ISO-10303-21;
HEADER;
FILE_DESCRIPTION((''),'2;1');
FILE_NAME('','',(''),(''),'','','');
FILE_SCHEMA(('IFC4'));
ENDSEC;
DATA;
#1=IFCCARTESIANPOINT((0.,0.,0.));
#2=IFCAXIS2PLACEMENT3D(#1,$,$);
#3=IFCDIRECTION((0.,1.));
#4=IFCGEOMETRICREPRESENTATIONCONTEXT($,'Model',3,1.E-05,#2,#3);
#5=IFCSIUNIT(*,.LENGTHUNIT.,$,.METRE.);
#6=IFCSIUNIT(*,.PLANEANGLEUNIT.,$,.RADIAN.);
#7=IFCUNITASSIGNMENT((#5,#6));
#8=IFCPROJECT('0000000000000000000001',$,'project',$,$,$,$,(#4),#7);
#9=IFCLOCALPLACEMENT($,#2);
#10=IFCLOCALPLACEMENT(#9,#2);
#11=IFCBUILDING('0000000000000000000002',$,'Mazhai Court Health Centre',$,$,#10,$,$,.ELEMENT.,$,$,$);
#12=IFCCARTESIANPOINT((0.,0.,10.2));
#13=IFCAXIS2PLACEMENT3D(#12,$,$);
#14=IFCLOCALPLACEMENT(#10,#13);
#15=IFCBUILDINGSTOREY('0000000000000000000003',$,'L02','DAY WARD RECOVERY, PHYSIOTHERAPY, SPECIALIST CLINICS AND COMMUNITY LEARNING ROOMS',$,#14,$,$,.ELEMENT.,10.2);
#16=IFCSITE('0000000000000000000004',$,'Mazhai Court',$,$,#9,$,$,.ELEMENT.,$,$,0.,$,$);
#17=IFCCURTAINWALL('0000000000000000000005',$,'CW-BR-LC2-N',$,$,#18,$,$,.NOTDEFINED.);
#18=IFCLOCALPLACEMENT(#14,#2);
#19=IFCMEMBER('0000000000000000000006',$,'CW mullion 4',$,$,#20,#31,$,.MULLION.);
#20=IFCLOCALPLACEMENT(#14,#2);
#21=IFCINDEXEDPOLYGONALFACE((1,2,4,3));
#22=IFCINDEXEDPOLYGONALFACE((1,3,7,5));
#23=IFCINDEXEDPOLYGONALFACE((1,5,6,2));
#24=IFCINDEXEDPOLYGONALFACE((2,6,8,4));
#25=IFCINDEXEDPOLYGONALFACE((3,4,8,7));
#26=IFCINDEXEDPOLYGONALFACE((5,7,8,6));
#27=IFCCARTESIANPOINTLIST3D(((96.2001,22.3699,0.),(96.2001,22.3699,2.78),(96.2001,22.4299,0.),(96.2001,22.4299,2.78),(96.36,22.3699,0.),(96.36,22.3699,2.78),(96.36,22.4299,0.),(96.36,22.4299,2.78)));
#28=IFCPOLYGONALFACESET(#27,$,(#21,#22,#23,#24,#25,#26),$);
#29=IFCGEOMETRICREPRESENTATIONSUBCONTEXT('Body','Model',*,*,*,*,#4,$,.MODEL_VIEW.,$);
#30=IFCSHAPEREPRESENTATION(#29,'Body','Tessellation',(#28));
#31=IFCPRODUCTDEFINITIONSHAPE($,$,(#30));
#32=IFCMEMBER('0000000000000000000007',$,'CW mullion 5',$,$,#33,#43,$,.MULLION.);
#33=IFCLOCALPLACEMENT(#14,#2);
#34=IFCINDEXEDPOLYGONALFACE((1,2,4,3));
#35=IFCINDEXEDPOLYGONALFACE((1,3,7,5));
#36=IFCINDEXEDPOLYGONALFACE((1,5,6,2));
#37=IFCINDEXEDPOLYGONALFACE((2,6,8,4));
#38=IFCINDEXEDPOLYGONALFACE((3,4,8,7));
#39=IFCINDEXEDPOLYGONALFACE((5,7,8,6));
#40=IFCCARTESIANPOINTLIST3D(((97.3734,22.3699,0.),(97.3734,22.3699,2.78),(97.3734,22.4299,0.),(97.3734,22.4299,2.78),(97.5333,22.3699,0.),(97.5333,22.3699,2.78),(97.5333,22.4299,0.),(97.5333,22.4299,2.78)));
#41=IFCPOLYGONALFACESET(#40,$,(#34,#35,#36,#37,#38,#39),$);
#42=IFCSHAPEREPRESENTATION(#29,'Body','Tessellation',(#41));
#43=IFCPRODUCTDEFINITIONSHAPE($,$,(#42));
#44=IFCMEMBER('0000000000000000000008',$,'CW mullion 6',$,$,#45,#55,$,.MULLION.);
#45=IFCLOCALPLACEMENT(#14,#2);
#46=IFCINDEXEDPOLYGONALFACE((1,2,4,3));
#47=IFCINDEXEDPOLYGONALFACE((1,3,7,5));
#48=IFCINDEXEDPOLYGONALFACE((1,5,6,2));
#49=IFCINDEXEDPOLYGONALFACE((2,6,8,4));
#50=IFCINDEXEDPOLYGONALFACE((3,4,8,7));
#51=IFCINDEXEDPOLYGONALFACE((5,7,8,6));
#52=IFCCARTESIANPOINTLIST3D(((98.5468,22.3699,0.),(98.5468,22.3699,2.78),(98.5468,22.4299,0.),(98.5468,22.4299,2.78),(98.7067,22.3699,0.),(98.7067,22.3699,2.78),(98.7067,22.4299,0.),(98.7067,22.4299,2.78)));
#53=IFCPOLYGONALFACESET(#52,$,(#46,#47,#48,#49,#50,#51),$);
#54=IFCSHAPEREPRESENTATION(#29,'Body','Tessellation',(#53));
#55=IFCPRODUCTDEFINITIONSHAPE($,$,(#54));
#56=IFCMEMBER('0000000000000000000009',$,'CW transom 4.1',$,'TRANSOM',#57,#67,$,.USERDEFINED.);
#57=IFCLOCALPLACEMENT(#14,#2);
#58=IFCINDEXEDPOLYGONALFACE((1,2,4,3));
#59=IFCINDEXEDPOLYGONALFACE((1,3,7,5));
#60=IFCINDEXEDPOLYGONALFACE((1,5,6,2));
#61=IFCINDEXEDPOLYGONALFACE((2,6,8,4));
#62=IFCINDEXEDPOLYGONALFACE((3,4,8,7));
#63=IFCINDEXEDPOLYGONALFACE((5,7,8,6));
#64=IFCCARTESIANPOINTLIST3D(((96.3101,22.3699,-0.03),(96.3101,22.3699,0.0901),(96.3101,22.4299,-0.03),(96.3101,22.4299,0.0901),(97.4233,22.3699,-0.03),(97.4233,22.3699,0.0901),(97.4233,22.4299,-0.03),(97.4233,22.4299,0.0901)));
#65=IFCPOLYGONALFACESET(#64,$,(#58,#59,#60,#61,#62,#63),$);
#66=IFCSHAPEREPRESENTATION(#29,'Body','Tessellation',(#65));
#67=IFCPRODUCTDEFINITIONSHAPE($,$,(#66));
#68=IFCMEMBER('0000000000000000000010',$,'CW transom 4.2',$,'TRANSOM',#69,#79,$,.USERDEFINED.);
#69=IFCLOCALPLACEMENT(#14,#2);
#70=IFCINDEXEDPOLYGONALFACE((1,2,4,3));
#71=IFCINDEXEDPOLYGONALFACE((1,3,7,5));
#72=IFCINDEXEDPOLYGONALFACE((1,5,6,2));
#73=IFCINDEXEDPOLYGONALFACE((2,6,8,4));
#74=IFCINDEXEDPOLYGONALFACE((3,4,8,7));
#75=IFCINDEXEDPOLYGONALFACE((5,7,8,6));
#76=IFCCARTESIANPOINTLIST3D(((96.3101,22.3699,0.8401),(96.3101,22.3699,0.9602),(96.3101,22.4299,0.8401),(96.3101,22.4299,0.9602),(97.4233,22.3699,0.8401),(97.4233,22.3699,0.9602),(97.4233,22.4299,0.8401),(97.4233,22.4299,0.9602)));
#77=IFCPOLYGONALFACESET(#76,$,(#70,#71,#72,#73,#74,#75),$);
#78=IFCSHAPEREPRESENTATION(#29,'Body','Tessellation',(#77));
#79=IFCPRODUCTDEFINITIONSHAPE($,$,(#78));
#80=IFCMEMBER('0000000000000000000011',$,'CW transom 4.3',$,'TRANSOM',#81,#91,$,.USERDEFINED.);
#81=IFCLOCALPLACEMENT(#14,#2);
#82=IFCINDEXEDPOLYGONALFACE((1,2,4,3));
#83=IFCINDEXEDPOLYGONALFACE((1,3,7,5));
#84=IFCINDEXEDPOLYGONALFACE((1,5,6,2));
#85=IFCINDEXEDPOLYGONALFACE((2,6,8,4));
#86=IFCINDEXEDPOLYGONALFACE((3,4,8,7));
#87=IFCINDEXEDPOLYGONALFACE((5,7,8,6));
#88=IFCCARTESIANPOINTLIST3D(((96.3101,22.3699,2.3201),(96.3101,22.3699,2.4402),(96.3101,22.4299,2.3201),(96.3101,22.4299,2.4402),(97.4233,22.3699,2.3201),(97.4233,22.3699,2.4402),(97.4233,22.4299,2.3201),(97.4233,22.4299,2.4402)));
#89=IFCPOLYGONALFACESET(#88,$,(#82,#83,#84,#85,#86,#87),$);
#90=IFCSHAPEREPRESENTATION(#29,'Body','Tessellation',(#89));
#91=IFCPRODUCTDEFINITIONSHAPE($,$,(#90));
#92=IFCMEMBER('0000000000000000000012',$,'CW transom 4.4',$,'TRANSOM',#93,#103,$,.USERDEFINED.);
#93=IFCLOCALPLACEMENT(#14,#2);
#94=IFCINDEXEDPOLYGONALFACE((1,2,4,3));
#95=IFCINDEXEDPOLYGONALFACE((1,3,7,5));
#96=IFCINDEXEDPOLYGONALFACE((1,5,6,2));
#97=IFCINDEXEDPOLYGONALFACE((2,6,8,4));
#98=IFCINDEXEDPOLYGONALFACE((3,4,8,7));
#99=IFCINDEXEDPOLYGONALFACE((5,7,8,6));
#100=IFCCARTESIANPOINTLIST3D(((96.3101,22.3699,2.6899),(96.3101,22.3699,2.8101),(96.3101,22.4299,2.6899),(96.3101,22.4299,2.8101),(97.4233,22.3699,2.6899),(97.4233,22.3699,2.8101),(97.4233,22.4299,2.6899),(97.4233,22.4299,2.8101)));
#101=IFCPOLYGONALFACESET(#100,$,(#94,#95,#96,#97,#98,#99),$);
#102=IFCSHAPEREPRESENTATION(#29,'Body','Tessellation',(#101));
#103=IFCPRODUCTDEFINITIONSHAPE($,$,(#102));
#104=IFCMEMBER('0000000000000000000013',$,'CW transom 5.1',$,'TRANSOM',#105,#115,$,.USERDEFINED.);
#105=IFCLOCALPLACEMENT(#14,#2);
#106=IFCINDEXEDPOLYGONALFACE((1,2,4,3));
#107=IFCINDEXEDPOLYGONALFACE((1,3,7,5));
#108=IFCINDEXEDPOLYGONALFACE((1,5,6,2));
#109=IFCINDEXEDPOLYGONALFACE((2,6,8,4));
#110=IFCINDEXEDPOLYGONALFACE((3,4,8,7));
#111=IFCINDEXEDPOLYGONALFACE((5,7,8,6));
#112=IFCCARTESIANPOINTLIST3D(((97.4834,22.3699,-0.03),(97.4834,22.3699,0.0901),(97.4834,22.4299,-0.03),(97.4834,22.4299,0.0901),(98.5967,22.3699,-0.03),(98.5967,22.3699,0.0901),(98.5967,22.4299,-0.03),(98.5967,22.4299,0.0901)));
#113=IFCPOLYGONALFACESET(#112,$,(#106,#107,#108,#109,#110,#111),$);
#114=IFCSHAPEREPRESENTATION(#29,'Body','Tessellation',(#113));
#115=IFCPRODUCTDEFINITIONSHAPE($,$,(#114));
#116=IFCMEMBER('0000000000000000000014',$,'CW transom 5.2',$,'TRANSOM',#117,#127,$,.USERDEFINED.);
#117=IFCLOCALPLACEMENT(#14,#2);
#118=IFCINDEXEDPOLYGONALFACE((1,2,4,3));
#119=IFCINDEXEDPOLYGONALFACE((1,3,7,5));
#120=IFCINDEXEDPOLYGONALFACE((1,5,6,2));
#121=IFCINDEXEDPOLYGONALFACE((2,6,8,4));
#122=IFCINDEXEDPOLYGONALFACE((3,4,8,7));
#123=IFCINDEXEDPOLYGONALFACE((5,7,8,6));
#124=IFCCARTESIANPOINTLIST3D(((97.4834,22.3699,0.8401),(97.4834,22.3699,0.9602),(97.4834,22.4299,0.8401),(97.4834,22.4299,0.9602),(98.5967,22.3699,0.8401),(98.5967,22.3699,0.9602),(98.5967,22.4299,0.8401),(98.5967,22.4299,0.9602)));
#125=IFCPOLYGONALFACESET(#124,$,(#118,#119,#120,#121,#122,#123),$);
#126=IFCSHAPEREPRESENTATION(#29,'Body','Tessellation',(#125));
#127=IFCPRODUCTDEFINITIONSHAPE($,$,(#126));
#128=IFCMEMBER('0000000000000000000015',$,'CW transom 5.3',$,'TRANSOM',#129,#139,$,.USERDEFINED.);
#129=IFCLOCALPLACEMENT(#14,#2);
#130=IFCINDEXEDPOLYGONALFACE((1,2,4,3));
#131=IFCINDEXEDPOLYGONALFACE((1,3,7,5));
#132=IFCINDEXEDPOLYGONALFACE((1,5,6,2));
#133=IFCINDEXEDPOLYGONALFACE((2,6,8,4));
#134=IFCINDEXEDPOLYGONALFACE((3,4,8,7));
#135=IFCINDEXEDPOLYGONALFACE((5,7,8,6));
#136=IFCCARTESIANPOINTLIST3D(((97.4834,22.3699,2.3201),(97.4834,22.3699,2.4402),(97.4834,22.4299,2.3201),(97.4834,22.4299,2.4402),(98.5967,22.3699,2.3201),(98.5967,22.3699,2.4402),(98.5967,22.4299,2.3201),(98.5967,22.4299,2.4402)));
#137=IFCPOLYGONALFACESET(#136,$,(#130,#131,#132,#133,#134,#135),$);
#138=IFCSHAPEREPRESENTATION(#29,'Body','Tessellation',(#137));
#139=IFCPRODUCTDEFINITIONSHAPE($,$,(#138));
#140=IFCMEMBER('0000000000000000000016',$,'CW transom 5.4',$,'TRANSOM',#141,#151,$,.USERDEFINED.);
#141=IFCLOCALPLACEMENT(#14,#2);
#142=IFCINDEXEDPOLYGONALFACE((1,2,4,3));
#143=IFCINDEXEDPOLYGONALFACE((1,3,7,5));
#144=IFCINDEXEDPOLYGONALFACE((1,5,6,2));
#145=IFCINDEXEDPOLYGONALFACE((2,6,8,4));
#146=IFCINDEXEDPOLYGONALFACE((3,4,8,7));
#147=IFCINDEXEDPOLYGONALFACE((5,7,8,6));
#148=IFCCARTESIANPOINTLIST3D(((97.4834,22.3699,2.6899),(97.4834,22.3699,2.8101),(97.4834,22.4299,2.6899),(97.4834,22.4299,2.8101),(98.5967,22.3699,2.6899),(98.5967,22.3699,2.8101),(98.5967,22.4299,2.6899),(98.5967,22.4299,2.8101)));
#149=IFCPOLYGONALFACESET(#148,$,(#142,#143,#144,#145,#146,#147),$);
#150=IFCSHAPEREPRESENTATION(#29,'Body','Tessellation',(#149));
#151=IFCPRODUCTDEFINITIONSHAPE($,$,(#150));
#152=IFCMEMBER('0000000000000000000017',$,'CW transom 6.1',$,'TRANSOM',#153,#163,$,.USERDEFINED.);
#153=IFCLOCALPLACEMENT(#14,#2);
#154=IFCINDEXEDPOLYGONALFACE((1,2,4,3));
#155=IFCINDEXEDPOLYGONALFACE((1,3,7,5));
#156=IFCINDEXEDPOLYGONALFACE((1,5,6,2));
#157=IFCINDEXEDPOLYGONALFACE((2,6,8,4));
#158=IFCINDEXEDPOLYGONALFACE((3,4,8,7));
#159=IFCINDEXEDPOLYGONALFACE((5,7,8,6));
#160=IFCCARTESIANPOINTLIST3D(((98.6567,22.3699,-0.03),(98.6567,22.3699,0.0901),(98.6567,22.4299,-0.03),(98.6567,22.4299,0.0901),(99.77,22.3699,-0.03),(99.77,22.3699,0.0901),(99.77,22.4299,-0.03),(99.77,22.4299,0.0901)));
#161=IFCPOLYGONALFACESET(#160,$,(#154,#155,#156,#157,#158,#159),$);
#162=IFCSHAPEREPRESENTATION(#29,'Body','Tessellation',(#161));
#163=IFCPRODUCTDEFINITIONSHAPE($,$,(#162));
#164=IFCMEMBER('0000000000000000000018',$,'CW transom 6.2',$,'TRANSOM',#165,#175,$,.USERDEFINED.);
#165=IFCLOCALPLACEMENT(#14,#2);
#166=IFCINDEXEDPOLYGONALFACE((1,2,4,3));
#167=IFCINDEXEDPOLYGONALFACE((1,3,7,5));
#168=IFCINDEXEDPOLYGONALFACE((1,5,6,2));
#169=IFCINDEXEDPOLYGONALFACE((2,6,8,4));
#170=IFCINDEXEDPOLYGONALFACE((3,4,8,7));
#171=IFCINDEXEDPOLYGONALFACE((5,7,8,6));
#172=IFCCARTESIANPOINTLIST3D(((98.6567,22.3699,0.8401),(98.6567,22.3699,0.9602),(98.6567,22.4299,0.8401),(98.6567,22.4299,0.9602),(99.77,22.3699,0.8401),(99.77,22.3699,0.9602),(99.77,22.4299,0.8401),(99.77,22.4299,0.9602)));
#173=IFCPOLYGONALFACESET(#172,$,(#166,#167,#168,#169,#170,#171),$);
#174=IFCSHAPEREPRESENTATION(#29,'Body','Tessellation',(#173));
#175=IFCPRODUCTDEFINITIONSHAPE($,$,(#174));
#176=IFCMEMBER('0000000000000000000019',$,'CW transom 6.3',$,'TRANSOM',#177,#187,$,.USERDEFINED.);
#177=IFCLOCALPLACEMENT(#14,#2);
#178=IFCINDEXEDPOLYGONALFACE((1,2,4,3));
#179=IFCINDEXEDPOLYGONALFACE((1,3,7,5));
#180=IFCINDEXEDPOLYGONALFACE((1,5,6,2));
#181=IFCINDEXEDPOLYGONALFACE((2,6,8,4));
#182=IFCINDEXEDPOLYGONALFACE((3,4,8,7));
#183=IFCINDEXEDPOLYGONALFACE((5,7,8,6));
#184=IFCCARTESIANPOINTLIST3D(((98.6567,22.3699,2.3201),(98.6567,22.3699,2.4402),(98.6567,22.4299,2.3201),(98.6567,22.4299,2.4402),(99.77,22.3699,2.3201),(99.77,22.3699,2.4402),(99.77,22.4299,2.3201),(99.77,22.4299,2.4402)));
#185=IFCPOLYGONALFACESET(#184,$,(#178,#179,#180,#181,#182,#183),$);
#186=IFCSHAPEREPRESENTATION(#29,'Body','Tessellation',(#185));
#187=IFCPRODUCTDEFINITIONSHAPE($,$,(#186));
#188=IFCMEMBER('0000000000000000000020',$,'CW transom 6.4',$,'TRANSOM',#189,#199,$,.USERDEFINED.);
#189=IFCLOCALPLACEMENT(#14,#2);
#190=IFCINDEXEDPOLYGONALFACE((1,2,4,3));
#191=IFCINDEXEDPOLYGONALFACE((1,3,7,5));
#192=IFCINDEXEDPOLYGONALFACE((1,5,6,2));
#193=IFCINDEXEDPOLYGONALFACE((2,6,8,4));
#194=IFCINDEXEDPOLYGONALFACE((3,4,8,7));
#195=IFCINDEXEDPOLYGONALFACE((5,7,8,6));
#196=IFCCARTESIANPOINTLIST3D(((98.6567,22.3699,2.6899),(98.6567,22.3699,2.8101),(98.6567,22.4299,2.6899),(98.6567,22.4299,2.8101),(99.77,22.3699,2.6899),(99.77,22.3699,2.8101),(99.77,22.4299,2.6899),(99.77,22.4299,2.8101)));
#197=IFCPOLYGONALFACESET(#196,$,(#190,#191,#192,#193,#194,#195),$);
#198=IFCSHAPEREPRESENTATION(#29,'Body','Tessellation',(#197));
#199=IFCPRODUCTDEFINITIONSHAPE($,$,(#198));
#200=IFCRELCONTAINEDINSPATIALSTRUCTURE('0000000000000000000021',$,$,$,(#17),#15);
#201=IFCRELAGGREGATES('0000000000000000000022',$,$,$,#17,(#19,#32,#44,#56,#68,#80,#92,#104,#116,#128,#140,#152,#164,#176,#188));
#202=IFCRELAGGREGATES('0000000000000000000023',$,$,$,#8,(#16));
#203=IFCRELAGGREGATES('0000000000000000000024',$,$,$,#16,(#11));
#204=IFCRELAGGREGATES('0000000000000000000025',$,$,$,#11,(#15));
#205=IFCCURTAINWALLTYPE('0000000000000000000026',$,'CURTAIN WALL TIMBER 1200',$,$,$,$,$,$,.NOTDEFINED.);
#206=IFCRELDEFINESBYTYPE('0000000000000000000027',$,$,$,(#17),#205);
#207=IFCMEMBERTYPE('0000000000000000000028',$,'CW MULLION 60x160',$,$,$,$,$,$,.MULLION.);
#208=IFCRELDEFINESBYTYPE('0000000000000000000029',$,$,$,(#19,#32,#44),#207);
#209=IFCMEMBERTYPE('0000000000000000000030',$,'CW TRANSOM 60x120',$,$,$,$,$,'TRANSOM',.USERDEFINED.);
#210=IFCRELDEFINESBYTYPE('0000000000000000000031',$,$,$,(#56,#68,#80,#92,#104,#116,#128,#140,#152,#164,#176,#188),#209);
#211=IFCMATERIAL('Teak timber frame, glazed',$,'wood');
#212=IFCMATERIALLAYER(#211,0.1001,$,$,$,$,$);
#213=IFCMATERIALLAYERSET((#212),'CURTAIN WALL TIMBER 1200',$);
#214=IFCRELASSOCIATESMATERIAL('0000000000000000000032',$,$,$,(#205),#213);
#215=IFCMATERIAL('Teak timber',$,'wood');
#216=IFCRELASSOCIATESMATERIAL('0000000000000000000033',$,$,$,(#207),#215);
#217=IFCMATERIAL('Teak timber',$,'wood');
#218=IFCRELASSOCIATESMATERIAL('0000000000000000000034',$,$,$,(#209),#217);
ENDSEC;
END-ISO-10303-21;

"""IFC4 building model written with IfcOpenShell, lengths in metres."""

from ifc_helpers import new_model, si_unit, direction, frame, origin, origin_2d, place, context, subcontext, project, spatial, rectangle, extrude, material, layer, layer_set, material_profile, profile_set, type_object, element, aggregate, save


model = new_model("IFC4")

# Units and contexts
model_context = context("Model", 3, precision=1e-05, world=origin(), true_north=direction((0.0, 1.0)))
body_context = subcontext(model_context, "Body", "Model", "MODEL_VIEW")
ifc_project = project(units=[si_unit("LENGTHUNIT", "METRE"), si_unit("PLANEANGLEUNIT", "RADIAN")], contexts=[model_context])

# Site, building, storey
site_placement = place(None, origin())
site = spatial("IfcSite", under=ifc_project, at=site_placement, Name="Mazhai Court", CompositionType="ELEMENT", RefElevation=0.0)
building_placement = place(site_placement, origin())
building = spatial("IfcBuilding", under=site, at=building_placement, Name="Mazhai Court Health Centre", CompositionType="ELEMENT")
storey_placement = place(building_placement, frame((0.0, 0.0, 10.2)))
storey = spatial("IfcBuildingStorey", under=building, at=storey_placement, Name="L02", Description="DAY WARD RECOVERY, PHYSIOTHERAPY, SPECIALIST CLINICS AND COMMUNITY LEARNING ROOMS", CompositionType="ELEMENT", Elevation=10.2)

# Curtain wall, members
ifc_material_1 = material(Name="Teak timber frame, glazed", Category="wood")
ifc_layer_1 = layer(ifc_material_1, 0.1001)
ifc_layer_set_1 = layer_set([ifc_layer_1], Name="CURTAIN WALL TIMBER 1200")
curtain_wall_type = type_object("IfcCurtainWallType", Name="CURTAIN WALL TIMBER 1200", PredefinedType="NOTDEFINED", material=ifc_layer_set_1)
curtain_wall_placement = place(storey_placement, origin())
curtain_wall = element("IfcCurtainWall", 1, at=curtain_wall_placement, inside=storey, type_object=curtain_wall_type, Name="CW-BR-LC2-N", PredefinedType="NOTDEFINED")
ifc_material_2 = material(Name="Teak timber", Category="wood")
ifc_material_profile_1 = material_profile(ifc_material_2, rectangle(XDim=0.0601, YDim=0.1599, at=origin_2d()), Name="CW MULLION 60x160")
ifc_profile_set_1 = profile_set([ifc_material_profile_1], Name="Teak timber")
member_type_1 = type_object("IfcMemberType", Name="CW MULLION 60x160", PredefinedType="MULLION", material=ifc_profile_set_1)
member_1_placement = place(storey_placement, frame((96.28, 22.3999, 0.0), z_axis=(0.0, 0.0, 1.0), x_axis=(0.0, 1.0, 0.0)))
member_1 = element("IfcMember", 2, at=member_1_placement, type_object=member_type_1, Name="CW mullion 4", PredefinedType="MULLION", context=body_context, shape_type="SweptSolid", body=[
    extrude(rectangle(XDim=0.0601, YDim=0.1599, at=origin_2d()), origin(), (0.0, 0.0, 1.0), 2.78),
])
member_2_placement = place(storey_placement, frame((97.4534, 22.3999, 0.0), z_axis=(0.0, 0.0, 1.0), x_axis=(0.0, 1.0, 0.0)))
member_2 = element("IfcMember", 3, at=member_2_placement, type_object=member_type_1, Name="CW mullion 5", PredefinedType="MULLION", context=body_context, shape_type="SweptSolid", body=[
    extrude(rectangle(XDim=0.0601, YDim=0.1599, at=origin_2d()), origin(), (0.0, 0.0, 1.0), 2.78),
])
member_3_placement = place(storey_placement, frame((98.6267, 22.3999, 0.0), z_axis=(0.0, 0.0, 1.0), x_axis=(0.0, 1.0, 0.0)))
member_3 = element("IfcMember", 4, at=member_3_placement, type_object=member_type_1, Name="CW mullion 6", PredefinedType="MULLION", context=body_context, shape_type="SweptSolid", body=[
    extrude(rectangle(XDim=0.0601, YDim=0.1599, at=origin_2d()), origin(), (0.0, 0.0, 1.0), 2.78),
])
ifc_material_3 = material(Name="Teak timber", Category="wood")
ifc_material_profile_2 = material_profile(ifc_material_3, rectangle(XDim=0.0601, YDim=0.1201, at=origin_2d()), Name="CW TRANSOM 60x120")
ifc_profile_set_2 = profile_set([ifc_material_profile_2], Name="Teak timber")
member_type_2 = type_object("IfcMemberType", Name="CW TRANSOM 60x120", ElementType="TRANSOM", PredefinedType="USERDEFINED", material=ifc_profile_set_2)
member_4_placement = place(storey_placement, frame((96.3101, 22.3999, 0.03), z_axis=(1.0, 0.0, 0.0), x_axis=(0.0, 1.0, 0.0)))
member_4 = element("IfcMember", 5, at=member_4_placement, type_object=member_type_2, Name="CW transom 4.1", ObjectType="TRANSOM", PredefinedType="USERDEFINED", context=body_context, shape_type="SweptSolid", body=[
    extrude(rectangle(XDim=0.0601, YDim=0.1201, at=origin_2d()), origin(), (0.0, 0.0, 1.0), 1.1133),
])
member_5_placement = place(storey_placement, frame((96.3101, 22.3999, 0.9001), z_axis=(1.0, 0.0, 0.0), x_axis=(0.0, 1.0, 0.0)))
member_5 = element("IfcMember", 6, at=member_5_placement, type_object=member_type_2, Name="CW transom 4.2", ObjectType="TRANSOM", PredefinedType="USERDEFINED", context=body_context, shape_type="SweptSolid", body=[
    extrude(rectangle(XDim=0.0601, YDim=0.1201, at=origin_2d()), origin(), (0.0, 0.0, 1.0), 1.1133),
])
member_6_placement = place(storey_placement, frame((96.3101, 22.3999, 2.3801), z_axis=(1.0, 0.0, 0.0), x_axis=(0.0, 1.0, 0.0)))
member_6 = element("IfcMember", 7, at=member_6_placement, type_object=member_type_2, Name="CW transom 4.3", ObjectType="TRANSOM", PredefinedType="USERDEFINED", context=body_context, shape_type="SweptSolid", body=[
    extrude(rectangle(XDim=0.0601, YDim=0.1201, at=origin_2d()), origin(), (0.0, 0.0, 1.0), 1.1133),
])
member_7_placement = place(storey_placement, frame((96.3101, 22.3999, 2.75), z_axis=(1.0, 0.0, 0.0), x_axis=(0.0, 1.0, 0.0)))
member_7 = element("IfcMember", 8, at=member_7_placement, type_object=member_type_2, Name="CW transom 4.4", ObjectType="TRANSOM", PredefinedType="USERDEFINED", context=body_context, shape_type="SweptSolid", body=[
    extrude(rectangle(XDim=0.0601, YDim=0.1201, at=origin_2d()), origin(), (0.0, 0.0, 1.0), 1.1133),
])
member_8_placement = place(storey_placement, frame((97.4834, 22.3999, 0.03), z_axis=(1.0, 0.0, 0.0), x_axis=(0.0, 1.0, 0.0)))
member_8 = element("IfcMember", 9, at=member_8_placement, type_object=member_type_2, Name="CW transom 5.1", ObjectType="TRANSOM", PredefinedType="USERDEFINED", context=body_context, shape_type="SweptSolid", body=[
    extrude(rectangle(XDim=0.0601, YDim=0.1201, at=origin_2d()), origin(), (0.0, 0.0, 1.0), 1.1133),
])
member_9_placement = place(storey_placement, frame((97.4834, 22.3999, 0.9001), z_axis=(1.0, 0.0, 0.0), x_axis=(0.0, 1.0, 0.0)))
member_9 = element("IfcMember", 10, at=member_9_placement, type_object=member_type_2, Name="CW transom 5.2", ObjectType="TRANSOM", PredefinedType="USERDEFINED", context=body_context, shape_type="SweptSolid", body=[
    extrude(rectangle(XDim=0.0601, YDim=0.1201, at=origin_2d()), origin(), (0.0, 0.0, 1.0), 1.1133),
])
member_10_placement = place(storey_placement, frame((97.4834, 22.3999, 2.3801), z_axis=(1.0, 0.0, 0.0), x_axis=(0.0, 1.0, 0.0)))
member_10 = element("IfcMember", 11, at=member_10_placement, type_object=member_type_2, Name="CW transom 5.3", ObjectType="TRANSOM", PredefinedType="USERDEFINED", context=body_context, shape_type="SweptSolid", body=[
    extrude(rectangle(XDim=0.0601, YDim=0.1201, at=origin_2d()), origin(), (0.0, 0.0, 1.0), 1.1133),
])
member_11_placement = place(storey_placement, frame((97.4834, 22.3999, 2.75), z_axis=(1.0, 0.0, 0.0), x_axis=(0.0, 1.0, 0.0)))
member_11 = element("IfcMember", 12, at=member_11_placement, type_object=member_type_2, Name="CW transom 5.4", ObjectType="TRANSOM", PredefinedType="USERDEFINED", context=body_context, shape_type="SweptSolid", body=[
    extrude(rectangle(XDim=0.0601, YDim=0.1201, at=origin_2d()), origin(), (0.0, 0.0, 1.0), 1.1133),
])
member_12_placement = place(storey_placement, frame((98.6567, 22.3999, 0.03), z_axis=(1.0, 0.0, 0.0), x_axis=(0.0, 1.0, 0.0)))
member_12 = element("IfcMember", 13, at=member_12_placement, type_object=member_type_2, Name="CW transom 6.1", ObjectType="TRANSOM", PredefinedType="USERDEFINED", context=body_context, shape_type="SweptSolid", body=[
    extrude(rectangle(XDim=0.0601, YDim=0.1201, at=origin_2d()), origin(), (0.0, 0.0, 1.0), 1.1133),
])
member_13_placement = place(storey_placement, frame((98.6567, 22.3999, 0.9001), z_axis=(1.0, 0.0, 0.0), x_axis=(0.0, 1.0, 0.0)))
member_13 = element("IfcMember", 14, at=member_13_placement, type_object=member_type_2, Name="CW transom 6.2", ObjectType="TRANSOM", PredefinedType="USERDEFINED", context=body_context, shape_type="SweptSolid", body=[
    extrude(rectangle(XDim=0.0601, YDim=0.1201, at=origin_2d()), origin(), (0.0, 0.0, 1.0), 1.1133),
])
member_14_placement = place(storey_placement, frame((98.6567, 22.3999, 2.3801), z_axis=(1.0, 0.0, 0.0), x_axis=(0.0, 1.0, 0.0)))
member_14 = element("IfcMember", 15, at=member_14_placement, type_object=member_type_2, Name="CW transom 6.3", ObjectType="TRANSOM", PredefinedType="USERDEFINED", context=body_context, shape_type="SweptSolid", body=[
    extrude(rectangle(XDim=0.0601, YDim=0.1201, at=origin_2d()), origin(), (0.0, 0.0, 1.0), 1.1133),
])
member_15_placement = place(storey_placement, frame((98.6567, 22.3999, 2.75), z_axis=(1.0, 0.0, 0.0), x_axis=(0.0, 1.0, 0.0)))
member_15 = element("IfcMember", 16, at=member_15_placement, type_object=member_type_2, Name="CW transom 6.4", ObjectType="TRANSOM", PredefinedType="USERDEFINED", context=body_context, shape_type="SweptSolid", body=[
    extrude(rectangle(XDim=0.0601, YDim=0.1201, at=origin_2d()), origin(), (0.0, 0.0, 1.0), 1.1133),
])
aggregate(curtain_wall, [member_1, member_2, member_3, member_4, member_5, member_6, member_7, member_8, member_9, member_10, member_11, member_12, member_13, member_14, member_15])

save(model, "model.ifc")
